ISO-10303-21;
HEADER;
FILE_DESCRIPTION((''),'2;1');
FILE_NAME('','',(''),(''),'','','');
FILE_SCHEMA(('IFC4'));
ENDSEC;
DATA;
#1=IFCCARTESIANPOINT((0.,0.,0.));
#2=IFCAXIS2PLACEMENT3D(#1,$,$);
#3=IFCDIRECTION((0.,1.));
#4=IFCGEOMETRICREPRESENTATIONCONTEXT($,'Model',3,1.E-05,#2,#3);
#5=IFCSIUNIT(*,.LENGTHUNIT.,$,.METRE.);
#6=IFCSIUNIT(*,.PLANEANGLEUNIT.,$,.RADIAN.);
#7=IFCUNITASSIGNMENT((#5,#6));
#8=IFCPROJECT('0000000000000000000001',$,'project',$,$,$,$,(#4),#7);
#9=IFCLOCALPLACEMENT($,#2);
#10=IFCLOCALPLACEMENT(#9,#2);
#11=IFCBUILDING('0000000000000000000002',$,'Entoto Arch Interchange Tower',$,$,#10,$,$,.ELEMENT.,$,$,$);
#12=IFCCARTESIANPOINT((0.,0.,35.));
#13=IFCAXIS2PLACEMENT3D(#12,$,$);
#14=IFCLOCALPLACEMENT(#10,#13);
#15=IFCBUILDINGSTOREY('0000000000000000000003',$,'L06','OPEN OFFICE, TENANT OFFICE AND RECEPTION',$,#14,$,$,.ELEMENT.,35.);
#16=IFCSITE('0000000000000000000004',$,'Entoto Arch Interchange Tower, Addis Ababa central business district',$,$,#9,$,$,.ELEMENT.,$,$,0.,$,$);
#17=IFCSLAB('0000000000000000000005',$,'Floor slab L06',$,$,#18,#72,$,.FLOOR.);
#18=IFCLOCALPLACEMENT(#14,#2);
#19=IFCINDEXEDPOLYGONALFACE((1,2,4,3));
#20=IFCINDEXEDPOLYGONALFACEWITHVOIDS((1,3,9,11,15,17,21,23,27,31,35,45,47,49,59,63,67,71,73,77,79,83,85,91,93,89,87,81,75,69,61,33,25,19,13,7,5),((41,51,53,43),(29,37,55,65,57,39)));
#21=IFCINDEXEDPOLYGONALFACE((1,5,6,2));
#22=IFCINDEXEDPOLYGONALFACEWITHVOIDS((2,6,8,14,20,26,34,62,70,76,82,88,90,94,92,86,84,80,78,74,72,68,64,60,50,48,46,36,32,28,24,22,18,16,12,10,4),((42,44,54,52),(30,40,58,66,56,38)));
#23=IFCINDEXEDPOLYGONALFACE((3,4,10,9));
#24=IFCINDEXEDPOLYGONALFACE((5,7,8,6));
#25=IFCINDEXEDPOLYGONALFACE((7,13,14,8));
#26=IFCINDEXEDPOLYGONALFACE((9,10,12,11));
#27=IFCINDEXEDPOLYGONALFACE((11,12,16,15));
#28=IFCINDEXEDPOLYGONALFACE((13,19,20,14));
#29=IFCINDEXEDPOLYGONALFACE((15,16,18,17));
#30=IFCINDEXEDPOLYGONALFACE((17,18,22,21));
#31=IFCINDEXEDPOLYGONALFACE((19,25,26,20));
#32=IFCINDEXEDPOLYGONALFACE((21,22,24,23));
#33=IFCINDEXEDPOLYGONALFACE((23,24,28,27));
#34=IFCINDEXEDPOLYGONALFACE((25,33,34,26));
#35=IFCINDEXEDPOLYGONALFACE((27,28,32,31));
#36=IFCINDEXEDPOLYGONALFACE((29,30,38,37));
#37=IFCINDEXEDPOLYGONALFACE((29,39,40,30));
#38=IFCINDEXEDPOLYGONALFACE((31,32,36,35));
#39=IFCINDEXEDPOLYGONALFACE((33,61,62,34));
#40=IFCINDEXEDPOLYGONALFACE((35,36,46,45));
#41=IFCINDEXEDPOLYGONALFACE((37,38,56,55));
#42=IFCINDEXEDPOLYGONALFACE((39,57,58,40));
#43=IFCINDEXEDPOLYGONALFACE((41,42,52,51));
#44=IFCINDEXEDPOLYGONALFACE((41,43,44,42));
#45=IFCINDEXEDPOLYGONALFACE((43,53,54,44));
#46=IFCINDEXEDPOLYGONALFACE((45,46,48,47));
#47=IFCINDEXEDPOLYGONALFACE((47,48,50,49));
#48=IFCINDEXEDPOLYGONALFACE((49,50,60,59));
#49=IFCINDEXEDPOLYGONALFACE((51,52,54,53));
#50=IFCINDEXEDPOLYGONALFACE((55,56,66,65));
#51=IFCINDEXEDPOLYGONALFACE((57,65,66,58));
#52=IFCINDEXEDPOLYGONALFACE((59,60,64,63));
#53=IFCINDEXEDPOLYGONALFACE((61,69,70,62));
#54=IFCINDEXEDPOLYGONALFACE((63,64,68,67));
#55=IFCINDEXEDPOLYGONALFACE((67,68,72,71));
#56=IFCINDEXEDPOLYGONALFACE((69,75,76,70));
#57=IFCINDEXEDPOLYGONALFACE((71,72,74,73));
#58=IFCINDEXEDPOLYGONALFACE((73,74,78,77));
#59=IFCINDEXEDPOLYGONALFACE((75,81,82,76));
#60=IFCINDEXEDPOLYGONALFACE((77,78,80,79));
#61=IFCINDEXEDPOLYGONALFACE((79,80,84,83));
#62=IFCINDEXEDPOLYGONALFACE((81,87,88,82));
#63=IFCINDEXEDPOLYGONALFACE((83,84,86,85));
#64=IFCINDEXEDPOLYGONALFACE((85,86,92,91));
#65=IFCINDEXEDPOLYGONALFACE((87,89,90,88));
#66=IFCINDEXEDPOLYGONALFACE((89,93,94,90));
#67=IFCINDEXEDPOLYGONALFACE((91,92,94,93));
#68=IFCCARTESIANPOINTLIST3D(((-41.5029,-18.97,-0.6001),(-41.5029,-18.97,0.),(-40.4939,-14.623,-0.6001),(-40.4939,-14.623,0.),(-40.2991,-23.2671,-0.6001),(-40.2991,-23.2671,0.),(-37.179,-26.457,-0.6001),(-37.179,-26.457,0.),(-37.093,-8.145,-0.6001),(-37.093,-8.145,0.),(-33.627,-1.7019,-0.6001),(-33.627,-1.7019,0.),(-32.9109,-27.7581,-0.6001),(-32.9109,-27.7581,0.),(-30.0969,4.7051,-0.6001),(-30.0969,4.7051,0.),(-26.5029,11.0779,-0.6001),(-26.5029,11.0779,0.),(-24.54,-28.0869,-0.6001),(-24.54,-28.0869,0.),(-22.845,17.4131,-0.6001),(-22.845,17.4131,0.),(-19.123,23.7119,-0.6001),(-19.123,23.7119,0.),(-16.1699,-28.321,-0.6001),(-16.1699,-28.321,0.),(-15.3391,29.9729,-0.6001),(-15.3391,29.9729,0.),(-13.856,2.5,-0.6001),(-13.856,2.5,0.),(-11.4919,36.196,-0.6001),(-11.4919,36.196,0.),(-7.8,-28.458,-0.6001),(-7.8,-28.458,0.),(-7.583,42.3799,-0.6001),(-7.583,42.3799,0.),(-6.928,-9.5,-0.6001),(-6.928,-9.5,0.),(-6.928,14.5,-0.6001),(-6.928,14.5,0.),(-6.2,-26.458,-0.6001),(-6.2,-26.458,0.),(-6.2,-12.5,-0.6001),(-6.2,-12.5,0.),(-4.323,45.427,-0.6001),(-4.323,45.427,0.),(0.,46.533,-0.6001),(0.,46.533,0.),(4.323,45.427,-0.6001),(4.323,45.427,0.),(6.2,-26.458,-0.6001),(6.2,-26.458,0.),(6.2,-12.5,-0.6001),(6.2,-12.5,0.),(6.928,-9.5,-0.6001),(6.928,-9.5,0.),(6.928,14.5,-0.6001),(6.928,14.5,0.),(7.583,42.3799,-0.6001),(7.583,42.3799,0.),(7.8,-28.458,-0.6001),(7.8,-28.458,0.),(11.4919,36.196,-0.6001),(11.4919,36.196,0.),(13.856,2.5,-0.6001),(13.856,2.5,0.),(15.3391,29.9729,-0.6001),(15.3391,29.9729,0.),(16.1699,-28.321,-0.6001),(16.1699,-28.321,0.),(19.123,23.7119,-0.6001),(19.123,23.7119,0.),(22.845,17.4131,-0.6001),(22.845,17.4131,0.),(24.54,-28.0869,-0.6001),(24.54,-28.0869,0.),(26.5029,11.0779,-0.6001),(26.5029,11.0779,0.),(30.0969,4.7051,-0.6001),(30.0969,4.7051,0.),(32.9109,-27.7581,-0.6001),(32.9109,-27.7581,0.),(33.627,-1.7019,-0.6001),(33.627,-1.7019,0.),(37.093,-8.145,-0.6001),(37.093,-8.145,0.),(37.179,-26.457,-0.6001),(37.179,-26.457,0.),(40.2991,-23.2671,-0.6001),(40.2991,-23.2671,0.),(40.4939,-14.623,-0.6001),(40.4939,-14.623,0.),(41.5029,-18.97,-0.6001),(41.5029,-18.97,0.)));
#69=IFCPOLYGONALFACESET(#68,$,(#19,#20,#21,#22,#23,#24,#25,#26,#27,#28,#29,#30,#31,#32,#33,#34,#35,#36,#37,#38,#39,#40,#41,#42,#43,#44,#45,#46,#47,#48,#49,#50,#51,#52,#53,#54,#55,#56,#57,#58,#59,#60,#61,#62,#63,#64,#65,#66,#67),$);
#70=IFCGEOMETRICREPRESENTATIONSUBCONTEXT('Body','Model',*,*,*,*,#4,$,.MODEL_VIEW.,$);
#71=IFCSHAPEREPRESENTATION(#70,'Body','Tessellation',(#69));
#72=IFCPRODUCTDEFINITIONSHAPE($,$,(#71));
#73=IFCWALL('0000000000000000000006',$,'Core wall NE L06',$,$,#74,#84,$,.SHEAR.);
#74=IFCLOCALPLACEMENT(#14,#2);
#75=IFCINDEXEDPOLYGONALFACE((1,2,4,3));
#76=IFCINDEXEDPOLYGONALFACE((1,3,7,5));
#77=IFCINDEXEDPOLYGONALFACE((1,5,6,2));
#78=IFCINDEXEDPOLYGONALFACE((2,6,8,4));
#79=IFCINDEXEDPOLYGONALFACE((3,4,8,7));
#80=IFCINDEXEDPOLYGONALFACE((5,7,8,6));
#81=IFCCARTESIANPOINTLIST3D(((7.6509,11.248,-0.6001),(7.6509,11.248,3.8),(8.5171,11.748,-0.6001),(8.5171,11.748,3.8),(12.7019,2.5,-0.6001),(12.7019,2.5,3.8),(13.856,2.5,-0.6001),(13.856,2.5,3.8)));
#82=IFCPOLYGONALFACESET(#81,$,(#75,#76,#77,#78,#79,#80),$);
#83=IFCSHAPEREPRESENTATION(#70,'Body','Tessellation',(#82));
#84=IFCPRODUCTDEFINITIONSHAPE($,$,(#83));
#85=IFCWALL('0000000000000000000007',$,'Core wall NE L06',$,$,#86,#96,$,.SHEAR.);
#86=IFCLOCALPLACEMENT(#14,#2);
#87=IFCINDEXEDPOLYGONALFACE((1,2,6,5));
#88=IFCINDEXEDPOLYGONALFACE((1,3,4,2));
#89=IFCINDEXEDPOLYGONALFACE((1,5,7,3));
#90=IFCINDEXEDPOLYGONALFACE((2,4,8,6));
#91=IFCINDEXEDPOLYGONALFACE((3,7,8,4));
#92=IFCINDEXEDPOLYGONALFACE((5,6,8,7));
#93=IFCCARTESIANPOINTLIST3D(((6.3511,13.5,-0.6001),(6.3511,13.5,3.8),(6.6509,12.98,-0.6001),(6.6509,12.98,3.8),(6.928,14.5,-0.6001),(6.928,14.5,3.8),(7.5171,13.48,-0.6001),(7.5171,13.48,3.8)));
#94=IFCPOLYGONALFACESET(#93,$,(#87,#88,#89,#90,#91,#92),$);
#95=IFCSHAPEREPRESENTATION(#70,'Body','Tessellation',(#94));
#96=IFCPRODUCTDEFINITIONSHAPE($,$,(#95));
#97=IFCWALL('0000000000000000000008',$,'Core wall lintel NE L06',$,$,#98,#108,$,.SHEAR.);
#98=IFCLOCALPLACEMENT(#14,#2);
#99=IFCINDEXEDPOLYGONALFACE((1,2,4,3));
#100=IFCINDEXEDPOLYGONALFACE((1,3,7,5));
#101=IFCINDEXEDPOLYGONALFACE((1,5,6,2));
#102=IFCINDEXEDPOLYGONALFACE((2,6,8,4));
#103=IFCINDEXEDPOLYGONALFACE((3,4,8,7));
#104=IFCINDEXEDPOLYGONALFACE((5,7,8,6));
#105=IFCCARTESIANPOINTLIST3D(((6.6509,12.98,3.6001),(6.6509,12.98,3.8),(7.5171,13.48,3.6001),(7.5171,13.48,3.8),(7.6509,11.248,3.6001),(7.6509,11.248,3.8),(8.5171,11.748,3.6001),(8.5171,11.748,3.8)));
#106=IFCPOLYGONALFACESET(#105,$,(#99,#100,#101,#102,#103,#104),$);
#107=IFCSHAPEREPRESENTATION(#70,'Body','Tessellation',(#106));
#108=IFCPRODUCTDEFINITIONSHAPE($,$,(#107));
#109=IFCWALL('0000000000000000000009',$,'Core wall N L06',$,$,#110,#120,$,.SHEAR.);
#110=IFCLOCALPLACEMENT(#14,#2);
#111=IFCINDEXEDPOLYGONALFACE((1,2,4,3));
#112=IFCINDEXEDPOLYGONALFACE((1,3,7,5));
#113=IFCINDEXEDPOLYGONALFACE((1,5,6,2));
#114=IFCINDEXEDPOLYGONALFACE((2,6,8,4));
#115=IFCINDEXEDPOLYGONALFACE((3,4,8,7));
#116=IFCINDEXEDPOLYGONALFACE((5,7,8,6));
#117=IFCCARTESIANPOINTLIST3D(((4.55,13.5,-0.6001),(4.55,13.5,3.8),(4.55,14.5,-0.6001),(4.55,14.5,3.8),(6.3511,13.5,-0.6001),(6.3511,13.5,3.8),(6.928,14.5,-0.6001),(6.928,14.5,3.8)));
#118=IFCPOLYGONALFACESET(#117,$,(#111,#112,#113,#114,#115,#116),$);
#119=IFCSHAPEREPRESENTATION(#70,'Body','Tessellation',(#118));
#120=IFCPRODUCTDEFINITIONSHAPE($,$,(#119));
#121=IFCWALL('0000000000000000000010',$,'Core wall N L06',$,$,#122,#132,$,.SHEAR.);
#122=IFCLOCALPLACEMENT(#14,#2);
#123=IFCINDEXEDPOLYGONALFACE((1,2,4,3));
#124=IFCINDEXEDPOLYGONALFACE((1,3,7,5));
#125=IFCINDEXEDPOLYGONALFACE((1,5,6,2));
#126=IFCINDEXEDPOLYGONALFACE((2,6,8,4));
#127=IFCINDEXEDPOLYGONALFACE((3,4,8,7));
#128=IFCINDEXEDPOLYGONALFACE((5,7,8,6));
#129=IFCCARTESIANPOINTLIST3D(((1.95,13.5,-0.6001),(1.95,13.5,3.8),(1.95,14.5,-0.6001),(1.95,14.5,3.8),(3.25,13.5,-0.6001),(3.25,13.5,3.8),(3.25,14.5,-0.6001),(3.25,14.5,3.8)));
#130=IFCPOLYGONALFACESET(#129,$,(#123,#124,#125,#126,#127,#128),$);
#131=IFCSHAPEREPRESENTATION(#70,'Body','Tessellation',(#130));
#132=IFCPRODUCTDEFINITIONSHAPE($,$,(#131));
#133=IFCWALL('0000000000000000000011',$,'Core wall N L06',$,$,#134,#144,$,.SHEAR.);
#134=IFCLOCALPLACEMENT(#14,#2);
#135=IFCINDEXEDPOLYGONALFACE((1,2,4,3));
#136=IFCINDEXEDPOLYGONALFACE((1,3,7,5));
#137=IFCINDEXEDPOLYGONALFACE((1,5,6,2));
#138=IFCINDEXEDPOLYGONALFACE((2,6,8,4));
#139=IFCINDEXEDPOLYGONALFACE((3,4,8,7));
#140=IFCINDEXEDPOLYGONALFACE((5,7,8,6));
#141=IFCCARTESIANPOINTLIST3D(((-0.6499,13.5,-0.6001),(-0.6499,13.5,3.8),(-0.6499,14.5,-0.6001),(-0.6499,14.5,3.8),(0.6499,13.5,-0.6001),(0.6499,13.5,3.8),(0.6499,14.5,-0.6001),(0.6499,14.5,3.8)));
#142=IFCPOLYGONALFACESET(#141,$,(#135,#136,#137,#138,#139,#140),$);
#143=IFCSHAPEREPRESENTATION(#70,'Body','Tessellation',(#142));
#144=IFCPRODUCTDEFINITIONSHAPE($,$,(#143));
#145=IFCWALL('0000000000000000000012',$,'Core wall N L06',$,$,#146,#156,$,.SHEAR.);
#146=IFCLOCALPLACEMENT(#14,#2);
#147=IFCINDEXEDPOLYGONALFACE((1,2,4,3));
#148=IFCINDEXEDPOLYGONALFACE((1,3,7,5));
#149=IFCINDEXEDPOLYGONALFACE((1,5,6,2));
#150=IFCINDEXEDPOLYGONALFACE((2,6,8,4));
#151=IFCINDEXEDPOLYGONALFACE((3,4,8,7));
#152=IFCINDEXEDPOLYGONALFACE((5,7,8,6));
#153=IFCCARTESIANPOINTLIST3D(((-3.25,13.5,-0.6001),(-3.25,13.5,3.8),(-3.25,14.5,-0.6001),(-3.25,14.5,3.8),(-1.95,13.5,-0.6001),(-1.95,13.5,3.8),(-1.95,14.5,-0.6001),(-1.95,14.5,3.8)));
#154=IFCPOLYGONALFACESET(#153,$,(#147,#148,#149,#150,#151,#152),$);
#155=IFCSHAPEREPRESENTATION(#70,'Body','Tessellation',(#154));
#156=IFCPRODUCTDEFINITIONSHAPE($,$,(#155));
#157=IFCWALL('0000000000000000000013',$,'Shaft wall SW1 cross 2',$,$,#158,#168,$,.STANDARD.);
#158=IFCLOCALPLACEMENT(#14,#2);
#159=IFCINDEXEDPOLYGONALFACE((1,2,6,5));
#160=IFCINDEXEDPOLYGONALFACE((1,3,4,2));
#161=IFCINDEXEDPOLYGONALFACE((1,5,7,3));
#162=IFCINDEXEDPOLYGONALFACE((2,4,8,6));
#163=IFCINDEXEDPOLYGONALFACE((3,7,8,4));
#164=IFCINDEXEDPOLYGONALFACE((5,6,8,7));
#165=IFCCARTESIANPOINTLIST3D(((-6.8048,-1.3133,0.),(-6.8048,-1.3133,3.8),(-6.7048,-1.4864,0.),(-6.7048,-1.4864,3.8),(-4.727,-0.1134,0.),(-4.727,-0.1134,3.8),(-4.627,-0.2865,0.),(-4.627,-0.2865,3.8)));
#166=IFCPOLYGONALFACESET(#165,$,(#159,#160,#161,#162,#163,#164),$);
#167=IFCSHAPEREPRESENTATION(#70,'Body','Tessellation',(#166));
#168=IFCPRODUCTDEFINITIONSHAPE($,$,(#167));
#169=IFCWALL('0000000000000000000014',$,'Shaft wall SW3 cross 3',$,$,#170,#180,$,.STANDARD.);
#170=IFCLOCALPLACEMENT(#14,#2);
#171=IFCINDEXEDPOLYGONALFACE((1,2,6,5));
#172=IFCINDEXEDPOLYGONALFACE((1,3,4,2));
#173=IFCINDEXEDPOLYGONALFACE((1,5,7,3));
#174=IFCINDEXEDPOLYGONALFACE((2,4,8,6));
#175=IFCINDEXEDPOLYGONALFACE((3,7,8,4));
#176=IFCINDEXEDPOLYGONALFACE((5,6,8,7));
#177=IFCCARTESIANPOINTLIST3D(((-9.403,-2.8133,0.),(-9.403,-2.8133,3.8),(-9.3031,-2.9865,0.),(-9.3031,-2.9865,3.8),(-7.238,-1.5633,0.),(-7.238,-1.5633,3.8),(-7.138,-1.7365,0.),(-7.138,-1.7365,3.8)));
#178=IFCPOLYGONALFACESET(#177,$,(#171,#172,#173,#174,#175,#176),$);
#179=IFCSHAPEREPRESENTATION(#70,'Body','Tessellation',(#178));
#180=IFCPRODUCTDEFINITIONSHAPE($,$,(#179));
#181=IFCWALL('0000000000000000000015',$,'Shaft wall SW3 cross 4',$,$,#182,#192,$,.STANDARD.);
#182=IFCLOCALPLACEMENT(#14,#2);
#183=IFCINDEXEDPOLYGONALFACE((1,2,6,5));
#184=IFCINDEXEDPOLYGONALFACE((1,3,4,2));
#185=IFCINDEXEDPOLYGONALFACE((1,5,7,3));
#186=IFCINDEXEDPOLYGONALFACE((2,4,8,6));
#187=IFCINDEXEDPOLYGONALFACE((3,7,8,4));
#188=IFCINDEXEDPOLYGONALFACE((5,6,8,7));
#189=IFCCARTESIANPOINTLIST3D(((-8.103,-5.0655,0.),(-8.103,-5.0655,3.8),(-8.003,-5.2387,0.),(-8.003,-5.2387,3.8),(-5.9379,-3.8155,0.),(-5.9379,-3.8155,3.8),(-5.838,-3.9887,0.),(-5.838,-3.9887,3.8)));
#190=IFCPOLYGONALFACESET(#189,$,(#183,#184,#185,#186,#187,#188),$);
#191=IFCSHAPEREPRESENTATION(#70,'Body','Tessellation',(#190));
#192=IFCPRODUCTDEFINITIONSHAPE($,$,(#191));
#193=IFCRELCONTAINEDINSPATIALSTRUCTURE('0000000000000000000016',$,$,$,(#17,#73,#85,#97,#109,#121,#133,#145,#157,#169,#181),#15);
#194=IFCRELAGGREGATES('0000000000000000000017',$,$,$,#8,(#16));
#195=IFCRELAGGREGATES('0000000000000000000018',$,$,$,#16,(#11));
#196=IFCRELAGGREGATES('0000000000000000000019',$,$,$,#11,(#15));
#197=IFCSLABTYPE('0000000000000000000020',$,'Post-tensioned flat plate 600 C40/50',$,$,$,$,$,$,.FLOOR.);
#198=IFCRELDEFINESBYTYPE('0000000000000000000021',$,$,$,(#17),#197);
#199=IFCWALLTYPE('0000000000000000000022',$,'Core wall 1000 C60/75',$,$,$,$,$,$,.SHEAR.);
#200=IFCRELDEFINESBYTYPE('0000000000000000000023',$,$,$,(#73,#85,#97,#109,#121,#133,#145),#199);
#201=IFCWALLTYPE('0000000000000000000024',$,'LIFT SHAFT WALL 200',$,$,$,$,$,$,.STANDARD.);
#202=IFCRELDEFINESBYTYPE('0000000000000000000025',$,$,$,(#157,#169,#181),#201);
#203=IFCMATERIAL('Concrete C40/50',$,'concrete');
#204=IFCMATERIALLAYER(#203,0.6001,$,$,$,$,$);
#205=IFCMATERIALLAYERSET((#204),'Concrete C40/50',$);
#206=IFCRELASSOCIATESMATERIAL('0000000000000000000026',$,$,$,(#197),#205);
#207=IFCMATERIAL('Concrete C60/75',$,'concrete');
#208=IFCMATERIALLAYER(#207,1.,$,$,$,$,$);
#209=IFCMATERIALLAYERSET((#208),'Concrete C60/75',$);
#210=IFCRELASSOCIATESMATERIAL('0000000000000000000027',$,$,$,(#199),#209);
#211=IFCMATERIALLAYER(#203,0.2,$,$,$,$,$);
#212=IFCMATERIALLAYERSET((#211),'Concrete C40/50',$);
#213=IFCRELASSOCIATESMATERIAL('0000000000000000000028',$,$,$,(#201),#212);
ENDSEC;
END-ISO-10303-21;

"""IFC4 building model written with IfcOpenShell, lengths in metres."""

from ifc_helpers import new_model, si_unit, direction, frame, frame_2d, origin, place, context, subcontext, project, spatial, polyline, rectangle, outline, extrude, material, layer, layer_set, type_object, element, save


model = new_model("IFC4")

# Units and contexts
model_context = context("Model", 3, precision=1e-05, world=origin(), true_north=direction((0.0, 1.0)))
body_context = subcontext(model_context, "Body", "Model", "MODEL_VIEW")
ifc_project = project(units=[si_unit("LENGTHUNIT", "METRE"), si_unit("PLANEANGLEUNIT", "RADIAN")], contexts=[model_context])

# Site, building, storey
site_placement = place(None, origin())
site = spatial("IfcSite", under=ifc_project, at=site_placement, Name="Entoto Arch Interchange Tower, Addis Ababa central business district", CompositionType="ELEMENT", RefElevation=0.0)
building_placement = place(site_placement, origin())
building = spatial("IfcBuilding", under=site, at=building_placement, Name="Entoto Arch Interchange Tower", CompositionType="ELEMENT")
storey_placement = place(building_placement, frame((0.0, 0.0, 35.0)))
storey = spatial("IfcBuildingStorey", under=building, at=storey_placement, Name="L06", Description="OPEN OFFICE, TENANT OFFICE AND RECEPTION", CompositionType="ELEMENT", Elevation=35.0)

# Slab
ifc_material_1 = material(Name="Concrete C40/50", Category="concrete")
ifc_layer_1 = layer(ifc_material_1, 0.6001)
ifc_layer_set_1 = layer_set([ifc_layer_1], Name="Concrete C40/50")
slab_type = type_object("IfcSlabType", Name="Post-tensioned flat plate 600 C40/50", PredefinedType="FLOOR", material=ifc_layer_set_1)
slab_placement = place(storey_placement, frame((0.0, 0.0, -0.6001)))
element("IfcSlab", 1, at=slab_placement, inside=storey, type_object=slab_type, Name="Floor slab L06", PredefinedType="FLOOR", context=body_context, shape_type="SweptSolid", body=[
    extrude(outline(polyline([(-32.9109, -27.7581), (-24.54, -28.0869), (-16.1699, -28.321), (-7.8, -28.458), (7.8, -28.458), (16.1699, -28.321), (24.54, -28.0869), (32.9109, -27.7581), (37.179, -26.457), (40.2991, -23.2671), (41.5029, -18.97), (40.4939, -14.623), (37.093, -8.145), (33.627, -1.7019), (30.0969, 4.7051), (26.5029, 11.0779), (22.845, 17.4131), (19.123, 23.7119), (15.3391, 29.9729), (11.4919, 36.196), (7.583, 42.3799), (4.323, 45.427), (0.0, 46.533), (-4.323, 45.427), (-7.583, 42.3799), (-11.4919, 36.196), (-15.3391, 29.9729), (-19.123, 23.7119), (-22.845, 17.4131), (-26.5029, 11.0779), (-30.0969, 4.7051), (-33.627, -1.7019), (-37.093, -8.145), (-40.4939, -14.623), (-41.5029, -18.97), (-40.2991, -23.2671), (-37.179, -26.457), (-32.9109, -27.7581)]), holes=[polyline([(6.2, -26.458), (6.2, -12.5), (-6.2, -12.5), (-6.2, -26.458), (6.2, -26.458)]), polyline([(13.856, 2.5), (6.928, 14.5), (-6.928, 14.5), (-13.856, 2.5), (-6.928, -9.5), (6.928, -9.5), (13.856, 2.5)])]), origin(), (0.0, 0.0, 1.0), 0.6001),
])

# Walls
ifc_material_2 = material(Name="Concrete C60/75", Category="concrete")
ifc_layer_2 = layer(ifc_material_2, 1.0)
ifc_layer_set_2 = layer_set([ifc_layer_2], Name="Concrete C60/75")
wall_type_1 = type_object("IfcWallType", Name="Core wall 1000 C60/75", PredefinedType="SHEAR", material=ifc_layer_set_2)
wall_1_placement = place(storey_placement, frame((0.0, 0.0, -0.6001)))
element("IfcWall", 2, at=wall_1_placement, inside=storey, type_object=wall_type_1, Name="Core wall NE L06", PredefinedType="SHEAR", context=body_context, shape_type="SweptSolid", body=[
    extrude(outline(polyline([(8.5171, 11.748), (7.6509, 11.248), (12.7019, 2.5), (13.856, 2.5), (8.5171, 11.748)])), origin(), (0.0, 0.0, 1.0), 4.4001),
])
wall_2_placement = place(storey_placement, frame((0.0, 0.0, -0.6001)))
element("IfcWall", 3, at=wall_2_placement, inside=storey, type_object=wall_type_1, Name="Core wall NE L06", PredefinedType="SHEAR", context=body_context, shape_type="SweptSolid", body=[
    extrude(outline(polyline([(6.6509, 12.98), (7.5171, 13.48), (6.928, 14.5), (6.3511, 13.5), (6.6509, 12.98)])), origin(), (0.0, 0.0, 1.0), 4.4001),
])
wall_3_placement = place(storey_placement, frame((0.0, 0.0, 3.6001)))
element("IfcWall", 4, at=wall_3_placement, inside=storey, type_object=wall_type_1, Name="Core wall lintel NE L06", PredefinedType="SHEAR", context=body_context, shape_type="SweptSolid", body=[
    extrude(outline(polyline([(7.5171, 13.48), (6.6509, 12.98), (7.6509, 11.248), (8.5171, 11.748), (7.5171, 13.48)])), origin(), (0.0, 0.0, 1.0), 0.2),
])
wall_4_placement = place(storey_placement, frame((0.0, 0.0, -0.6001)))
element("IfcWall", 5, at=wall_4_placement, inside=storey, type_object=wall_type_1, Name="Core wall N L06", PredefinedType="SHEAR", context=body_context, shape_type="SweptSolid", body=[
    extrude(outline(polyline([(4.55, 14.5), (4.55, 13.5), (6.3511, 13.5), (6.928, 14.5), (4.55, 14.5)])), origin(), (0.0, 0.0, 1.0), 4.4001),
])
wall_5_placement = place(storey_placement, frame((0.0, 0.0, -0.6001)))
element("IfcWall", 6, at=wall_5_placement, inside=storey, type_object=wall_type_1, Name="Core wall N L06", PredefinedType="SHEAR", context=body_context, shape_type="SweptSolid", body=[
    extrude(outline(polyline([(1.95, 14.5), (1.95, 13.5), (3.25, 13.5), (3.25, 14.5), (1.95, 14.5)])), origin(), (0.0, 0.0, 1.0), 4.4001),
])
wall_6_placement = place(storey_placement, frame((0.0, 0.0, -0.6001)))
element("IfcWall", 7, at=wall_6_placement, inside=storey, type_object=wall_type_1, Name="Core wall N L06", PredefinedType="SHEAR", context=body_context, shape_type="SweptSolid", body=[
    extrude(outline(polyline([(-0.6499, 14.5), (-0.6499, 13.5), (0.6499, 13.5), (0.6499, 14.5), (-0.6499, 14.5)])), origin(), (0.0, 0.0, 1.0), 4.4001),
])
wall_7_placement = place(storey_placement, frame((0.0, 0.0, -0.6001)))
element("IfcWall", 8, at=wall_7_placement, inside=storey, type_object=wall_type_1, Name="Core wall N L06", PredefinedType="SHEAR", context=body_context, shape_type="SweptSolid", body=[
    extrude(outline(polyline([(-3.25, 14.5), (-3.25, 13.5), (-1.95, 13.5), (-1.95, 14.5), (-3.25, 14.5)])), origin(), (0.0, 0.0, 1.0), 4.4001),
])
ifc_layer_3 = layer(ifc_material_1, 0.2)
ifc_layer_set_3 = layer_set([ifc_layer_3], Name="Concrete C40/50")
wall_type_2 = type_object("IfcWallType", Name="LIFT SHAFT WALL 200", PredefinedType="STANDARD", material=ifc_layer_set_3)
wall_8_placement = place(storey_placement, frame((-4.677, -0.2, 0.0), z_axis=(0.0, 0.0, 1.0), x_axis=(-0.865974, -0.500089, 0.0)))
element("IfcWall", 9, at=wall_8_placement, inside=storey, type_object=wall_type_2, Name="Shaft wall SW1 cross 2", PredefinedType="STANDARD", context=body_context, shape_type="SweptSolid", body=[
    extrude(rectangle(XDim=2.3994, YDim=0.2, at=frame_2d((1.1997, 0.0))), origin(), (0.0, 0.0, 1.0), 3.8),
])
for number, where, z_axis, x_axis, name in (
    (10, (-7.188, -1.6499, 0.0), (0.0, 0.0, 1.0), (-0.866023, -0.500004, 0.0), "Shaft wall SW3 cross 3"),
    (11, (-5.8879, -3.9021, 0.0), (0.0, 0.0, 1.0), (-0.866023, -0.500004, 0.0), "Shaft wall SW3 cross 4"),
):
    element("IfcWall", number, at=place(storey_placement, frame(where, z_axis=z_axis, x_axis=x_axis)), inside=storey, type_object=wall_type_2, Name=name, PredefinedType="STANDARD", context=body_context, shape_type="SweptSolid", body=[
        extrude(rectangle(XDim=2.5, YDim=0.2, at=frame_2d((1.25, 0.0))), origin(), (0.0, 0.0, 1.0), 3.8),
    ])

save(model, "model.ifc")
